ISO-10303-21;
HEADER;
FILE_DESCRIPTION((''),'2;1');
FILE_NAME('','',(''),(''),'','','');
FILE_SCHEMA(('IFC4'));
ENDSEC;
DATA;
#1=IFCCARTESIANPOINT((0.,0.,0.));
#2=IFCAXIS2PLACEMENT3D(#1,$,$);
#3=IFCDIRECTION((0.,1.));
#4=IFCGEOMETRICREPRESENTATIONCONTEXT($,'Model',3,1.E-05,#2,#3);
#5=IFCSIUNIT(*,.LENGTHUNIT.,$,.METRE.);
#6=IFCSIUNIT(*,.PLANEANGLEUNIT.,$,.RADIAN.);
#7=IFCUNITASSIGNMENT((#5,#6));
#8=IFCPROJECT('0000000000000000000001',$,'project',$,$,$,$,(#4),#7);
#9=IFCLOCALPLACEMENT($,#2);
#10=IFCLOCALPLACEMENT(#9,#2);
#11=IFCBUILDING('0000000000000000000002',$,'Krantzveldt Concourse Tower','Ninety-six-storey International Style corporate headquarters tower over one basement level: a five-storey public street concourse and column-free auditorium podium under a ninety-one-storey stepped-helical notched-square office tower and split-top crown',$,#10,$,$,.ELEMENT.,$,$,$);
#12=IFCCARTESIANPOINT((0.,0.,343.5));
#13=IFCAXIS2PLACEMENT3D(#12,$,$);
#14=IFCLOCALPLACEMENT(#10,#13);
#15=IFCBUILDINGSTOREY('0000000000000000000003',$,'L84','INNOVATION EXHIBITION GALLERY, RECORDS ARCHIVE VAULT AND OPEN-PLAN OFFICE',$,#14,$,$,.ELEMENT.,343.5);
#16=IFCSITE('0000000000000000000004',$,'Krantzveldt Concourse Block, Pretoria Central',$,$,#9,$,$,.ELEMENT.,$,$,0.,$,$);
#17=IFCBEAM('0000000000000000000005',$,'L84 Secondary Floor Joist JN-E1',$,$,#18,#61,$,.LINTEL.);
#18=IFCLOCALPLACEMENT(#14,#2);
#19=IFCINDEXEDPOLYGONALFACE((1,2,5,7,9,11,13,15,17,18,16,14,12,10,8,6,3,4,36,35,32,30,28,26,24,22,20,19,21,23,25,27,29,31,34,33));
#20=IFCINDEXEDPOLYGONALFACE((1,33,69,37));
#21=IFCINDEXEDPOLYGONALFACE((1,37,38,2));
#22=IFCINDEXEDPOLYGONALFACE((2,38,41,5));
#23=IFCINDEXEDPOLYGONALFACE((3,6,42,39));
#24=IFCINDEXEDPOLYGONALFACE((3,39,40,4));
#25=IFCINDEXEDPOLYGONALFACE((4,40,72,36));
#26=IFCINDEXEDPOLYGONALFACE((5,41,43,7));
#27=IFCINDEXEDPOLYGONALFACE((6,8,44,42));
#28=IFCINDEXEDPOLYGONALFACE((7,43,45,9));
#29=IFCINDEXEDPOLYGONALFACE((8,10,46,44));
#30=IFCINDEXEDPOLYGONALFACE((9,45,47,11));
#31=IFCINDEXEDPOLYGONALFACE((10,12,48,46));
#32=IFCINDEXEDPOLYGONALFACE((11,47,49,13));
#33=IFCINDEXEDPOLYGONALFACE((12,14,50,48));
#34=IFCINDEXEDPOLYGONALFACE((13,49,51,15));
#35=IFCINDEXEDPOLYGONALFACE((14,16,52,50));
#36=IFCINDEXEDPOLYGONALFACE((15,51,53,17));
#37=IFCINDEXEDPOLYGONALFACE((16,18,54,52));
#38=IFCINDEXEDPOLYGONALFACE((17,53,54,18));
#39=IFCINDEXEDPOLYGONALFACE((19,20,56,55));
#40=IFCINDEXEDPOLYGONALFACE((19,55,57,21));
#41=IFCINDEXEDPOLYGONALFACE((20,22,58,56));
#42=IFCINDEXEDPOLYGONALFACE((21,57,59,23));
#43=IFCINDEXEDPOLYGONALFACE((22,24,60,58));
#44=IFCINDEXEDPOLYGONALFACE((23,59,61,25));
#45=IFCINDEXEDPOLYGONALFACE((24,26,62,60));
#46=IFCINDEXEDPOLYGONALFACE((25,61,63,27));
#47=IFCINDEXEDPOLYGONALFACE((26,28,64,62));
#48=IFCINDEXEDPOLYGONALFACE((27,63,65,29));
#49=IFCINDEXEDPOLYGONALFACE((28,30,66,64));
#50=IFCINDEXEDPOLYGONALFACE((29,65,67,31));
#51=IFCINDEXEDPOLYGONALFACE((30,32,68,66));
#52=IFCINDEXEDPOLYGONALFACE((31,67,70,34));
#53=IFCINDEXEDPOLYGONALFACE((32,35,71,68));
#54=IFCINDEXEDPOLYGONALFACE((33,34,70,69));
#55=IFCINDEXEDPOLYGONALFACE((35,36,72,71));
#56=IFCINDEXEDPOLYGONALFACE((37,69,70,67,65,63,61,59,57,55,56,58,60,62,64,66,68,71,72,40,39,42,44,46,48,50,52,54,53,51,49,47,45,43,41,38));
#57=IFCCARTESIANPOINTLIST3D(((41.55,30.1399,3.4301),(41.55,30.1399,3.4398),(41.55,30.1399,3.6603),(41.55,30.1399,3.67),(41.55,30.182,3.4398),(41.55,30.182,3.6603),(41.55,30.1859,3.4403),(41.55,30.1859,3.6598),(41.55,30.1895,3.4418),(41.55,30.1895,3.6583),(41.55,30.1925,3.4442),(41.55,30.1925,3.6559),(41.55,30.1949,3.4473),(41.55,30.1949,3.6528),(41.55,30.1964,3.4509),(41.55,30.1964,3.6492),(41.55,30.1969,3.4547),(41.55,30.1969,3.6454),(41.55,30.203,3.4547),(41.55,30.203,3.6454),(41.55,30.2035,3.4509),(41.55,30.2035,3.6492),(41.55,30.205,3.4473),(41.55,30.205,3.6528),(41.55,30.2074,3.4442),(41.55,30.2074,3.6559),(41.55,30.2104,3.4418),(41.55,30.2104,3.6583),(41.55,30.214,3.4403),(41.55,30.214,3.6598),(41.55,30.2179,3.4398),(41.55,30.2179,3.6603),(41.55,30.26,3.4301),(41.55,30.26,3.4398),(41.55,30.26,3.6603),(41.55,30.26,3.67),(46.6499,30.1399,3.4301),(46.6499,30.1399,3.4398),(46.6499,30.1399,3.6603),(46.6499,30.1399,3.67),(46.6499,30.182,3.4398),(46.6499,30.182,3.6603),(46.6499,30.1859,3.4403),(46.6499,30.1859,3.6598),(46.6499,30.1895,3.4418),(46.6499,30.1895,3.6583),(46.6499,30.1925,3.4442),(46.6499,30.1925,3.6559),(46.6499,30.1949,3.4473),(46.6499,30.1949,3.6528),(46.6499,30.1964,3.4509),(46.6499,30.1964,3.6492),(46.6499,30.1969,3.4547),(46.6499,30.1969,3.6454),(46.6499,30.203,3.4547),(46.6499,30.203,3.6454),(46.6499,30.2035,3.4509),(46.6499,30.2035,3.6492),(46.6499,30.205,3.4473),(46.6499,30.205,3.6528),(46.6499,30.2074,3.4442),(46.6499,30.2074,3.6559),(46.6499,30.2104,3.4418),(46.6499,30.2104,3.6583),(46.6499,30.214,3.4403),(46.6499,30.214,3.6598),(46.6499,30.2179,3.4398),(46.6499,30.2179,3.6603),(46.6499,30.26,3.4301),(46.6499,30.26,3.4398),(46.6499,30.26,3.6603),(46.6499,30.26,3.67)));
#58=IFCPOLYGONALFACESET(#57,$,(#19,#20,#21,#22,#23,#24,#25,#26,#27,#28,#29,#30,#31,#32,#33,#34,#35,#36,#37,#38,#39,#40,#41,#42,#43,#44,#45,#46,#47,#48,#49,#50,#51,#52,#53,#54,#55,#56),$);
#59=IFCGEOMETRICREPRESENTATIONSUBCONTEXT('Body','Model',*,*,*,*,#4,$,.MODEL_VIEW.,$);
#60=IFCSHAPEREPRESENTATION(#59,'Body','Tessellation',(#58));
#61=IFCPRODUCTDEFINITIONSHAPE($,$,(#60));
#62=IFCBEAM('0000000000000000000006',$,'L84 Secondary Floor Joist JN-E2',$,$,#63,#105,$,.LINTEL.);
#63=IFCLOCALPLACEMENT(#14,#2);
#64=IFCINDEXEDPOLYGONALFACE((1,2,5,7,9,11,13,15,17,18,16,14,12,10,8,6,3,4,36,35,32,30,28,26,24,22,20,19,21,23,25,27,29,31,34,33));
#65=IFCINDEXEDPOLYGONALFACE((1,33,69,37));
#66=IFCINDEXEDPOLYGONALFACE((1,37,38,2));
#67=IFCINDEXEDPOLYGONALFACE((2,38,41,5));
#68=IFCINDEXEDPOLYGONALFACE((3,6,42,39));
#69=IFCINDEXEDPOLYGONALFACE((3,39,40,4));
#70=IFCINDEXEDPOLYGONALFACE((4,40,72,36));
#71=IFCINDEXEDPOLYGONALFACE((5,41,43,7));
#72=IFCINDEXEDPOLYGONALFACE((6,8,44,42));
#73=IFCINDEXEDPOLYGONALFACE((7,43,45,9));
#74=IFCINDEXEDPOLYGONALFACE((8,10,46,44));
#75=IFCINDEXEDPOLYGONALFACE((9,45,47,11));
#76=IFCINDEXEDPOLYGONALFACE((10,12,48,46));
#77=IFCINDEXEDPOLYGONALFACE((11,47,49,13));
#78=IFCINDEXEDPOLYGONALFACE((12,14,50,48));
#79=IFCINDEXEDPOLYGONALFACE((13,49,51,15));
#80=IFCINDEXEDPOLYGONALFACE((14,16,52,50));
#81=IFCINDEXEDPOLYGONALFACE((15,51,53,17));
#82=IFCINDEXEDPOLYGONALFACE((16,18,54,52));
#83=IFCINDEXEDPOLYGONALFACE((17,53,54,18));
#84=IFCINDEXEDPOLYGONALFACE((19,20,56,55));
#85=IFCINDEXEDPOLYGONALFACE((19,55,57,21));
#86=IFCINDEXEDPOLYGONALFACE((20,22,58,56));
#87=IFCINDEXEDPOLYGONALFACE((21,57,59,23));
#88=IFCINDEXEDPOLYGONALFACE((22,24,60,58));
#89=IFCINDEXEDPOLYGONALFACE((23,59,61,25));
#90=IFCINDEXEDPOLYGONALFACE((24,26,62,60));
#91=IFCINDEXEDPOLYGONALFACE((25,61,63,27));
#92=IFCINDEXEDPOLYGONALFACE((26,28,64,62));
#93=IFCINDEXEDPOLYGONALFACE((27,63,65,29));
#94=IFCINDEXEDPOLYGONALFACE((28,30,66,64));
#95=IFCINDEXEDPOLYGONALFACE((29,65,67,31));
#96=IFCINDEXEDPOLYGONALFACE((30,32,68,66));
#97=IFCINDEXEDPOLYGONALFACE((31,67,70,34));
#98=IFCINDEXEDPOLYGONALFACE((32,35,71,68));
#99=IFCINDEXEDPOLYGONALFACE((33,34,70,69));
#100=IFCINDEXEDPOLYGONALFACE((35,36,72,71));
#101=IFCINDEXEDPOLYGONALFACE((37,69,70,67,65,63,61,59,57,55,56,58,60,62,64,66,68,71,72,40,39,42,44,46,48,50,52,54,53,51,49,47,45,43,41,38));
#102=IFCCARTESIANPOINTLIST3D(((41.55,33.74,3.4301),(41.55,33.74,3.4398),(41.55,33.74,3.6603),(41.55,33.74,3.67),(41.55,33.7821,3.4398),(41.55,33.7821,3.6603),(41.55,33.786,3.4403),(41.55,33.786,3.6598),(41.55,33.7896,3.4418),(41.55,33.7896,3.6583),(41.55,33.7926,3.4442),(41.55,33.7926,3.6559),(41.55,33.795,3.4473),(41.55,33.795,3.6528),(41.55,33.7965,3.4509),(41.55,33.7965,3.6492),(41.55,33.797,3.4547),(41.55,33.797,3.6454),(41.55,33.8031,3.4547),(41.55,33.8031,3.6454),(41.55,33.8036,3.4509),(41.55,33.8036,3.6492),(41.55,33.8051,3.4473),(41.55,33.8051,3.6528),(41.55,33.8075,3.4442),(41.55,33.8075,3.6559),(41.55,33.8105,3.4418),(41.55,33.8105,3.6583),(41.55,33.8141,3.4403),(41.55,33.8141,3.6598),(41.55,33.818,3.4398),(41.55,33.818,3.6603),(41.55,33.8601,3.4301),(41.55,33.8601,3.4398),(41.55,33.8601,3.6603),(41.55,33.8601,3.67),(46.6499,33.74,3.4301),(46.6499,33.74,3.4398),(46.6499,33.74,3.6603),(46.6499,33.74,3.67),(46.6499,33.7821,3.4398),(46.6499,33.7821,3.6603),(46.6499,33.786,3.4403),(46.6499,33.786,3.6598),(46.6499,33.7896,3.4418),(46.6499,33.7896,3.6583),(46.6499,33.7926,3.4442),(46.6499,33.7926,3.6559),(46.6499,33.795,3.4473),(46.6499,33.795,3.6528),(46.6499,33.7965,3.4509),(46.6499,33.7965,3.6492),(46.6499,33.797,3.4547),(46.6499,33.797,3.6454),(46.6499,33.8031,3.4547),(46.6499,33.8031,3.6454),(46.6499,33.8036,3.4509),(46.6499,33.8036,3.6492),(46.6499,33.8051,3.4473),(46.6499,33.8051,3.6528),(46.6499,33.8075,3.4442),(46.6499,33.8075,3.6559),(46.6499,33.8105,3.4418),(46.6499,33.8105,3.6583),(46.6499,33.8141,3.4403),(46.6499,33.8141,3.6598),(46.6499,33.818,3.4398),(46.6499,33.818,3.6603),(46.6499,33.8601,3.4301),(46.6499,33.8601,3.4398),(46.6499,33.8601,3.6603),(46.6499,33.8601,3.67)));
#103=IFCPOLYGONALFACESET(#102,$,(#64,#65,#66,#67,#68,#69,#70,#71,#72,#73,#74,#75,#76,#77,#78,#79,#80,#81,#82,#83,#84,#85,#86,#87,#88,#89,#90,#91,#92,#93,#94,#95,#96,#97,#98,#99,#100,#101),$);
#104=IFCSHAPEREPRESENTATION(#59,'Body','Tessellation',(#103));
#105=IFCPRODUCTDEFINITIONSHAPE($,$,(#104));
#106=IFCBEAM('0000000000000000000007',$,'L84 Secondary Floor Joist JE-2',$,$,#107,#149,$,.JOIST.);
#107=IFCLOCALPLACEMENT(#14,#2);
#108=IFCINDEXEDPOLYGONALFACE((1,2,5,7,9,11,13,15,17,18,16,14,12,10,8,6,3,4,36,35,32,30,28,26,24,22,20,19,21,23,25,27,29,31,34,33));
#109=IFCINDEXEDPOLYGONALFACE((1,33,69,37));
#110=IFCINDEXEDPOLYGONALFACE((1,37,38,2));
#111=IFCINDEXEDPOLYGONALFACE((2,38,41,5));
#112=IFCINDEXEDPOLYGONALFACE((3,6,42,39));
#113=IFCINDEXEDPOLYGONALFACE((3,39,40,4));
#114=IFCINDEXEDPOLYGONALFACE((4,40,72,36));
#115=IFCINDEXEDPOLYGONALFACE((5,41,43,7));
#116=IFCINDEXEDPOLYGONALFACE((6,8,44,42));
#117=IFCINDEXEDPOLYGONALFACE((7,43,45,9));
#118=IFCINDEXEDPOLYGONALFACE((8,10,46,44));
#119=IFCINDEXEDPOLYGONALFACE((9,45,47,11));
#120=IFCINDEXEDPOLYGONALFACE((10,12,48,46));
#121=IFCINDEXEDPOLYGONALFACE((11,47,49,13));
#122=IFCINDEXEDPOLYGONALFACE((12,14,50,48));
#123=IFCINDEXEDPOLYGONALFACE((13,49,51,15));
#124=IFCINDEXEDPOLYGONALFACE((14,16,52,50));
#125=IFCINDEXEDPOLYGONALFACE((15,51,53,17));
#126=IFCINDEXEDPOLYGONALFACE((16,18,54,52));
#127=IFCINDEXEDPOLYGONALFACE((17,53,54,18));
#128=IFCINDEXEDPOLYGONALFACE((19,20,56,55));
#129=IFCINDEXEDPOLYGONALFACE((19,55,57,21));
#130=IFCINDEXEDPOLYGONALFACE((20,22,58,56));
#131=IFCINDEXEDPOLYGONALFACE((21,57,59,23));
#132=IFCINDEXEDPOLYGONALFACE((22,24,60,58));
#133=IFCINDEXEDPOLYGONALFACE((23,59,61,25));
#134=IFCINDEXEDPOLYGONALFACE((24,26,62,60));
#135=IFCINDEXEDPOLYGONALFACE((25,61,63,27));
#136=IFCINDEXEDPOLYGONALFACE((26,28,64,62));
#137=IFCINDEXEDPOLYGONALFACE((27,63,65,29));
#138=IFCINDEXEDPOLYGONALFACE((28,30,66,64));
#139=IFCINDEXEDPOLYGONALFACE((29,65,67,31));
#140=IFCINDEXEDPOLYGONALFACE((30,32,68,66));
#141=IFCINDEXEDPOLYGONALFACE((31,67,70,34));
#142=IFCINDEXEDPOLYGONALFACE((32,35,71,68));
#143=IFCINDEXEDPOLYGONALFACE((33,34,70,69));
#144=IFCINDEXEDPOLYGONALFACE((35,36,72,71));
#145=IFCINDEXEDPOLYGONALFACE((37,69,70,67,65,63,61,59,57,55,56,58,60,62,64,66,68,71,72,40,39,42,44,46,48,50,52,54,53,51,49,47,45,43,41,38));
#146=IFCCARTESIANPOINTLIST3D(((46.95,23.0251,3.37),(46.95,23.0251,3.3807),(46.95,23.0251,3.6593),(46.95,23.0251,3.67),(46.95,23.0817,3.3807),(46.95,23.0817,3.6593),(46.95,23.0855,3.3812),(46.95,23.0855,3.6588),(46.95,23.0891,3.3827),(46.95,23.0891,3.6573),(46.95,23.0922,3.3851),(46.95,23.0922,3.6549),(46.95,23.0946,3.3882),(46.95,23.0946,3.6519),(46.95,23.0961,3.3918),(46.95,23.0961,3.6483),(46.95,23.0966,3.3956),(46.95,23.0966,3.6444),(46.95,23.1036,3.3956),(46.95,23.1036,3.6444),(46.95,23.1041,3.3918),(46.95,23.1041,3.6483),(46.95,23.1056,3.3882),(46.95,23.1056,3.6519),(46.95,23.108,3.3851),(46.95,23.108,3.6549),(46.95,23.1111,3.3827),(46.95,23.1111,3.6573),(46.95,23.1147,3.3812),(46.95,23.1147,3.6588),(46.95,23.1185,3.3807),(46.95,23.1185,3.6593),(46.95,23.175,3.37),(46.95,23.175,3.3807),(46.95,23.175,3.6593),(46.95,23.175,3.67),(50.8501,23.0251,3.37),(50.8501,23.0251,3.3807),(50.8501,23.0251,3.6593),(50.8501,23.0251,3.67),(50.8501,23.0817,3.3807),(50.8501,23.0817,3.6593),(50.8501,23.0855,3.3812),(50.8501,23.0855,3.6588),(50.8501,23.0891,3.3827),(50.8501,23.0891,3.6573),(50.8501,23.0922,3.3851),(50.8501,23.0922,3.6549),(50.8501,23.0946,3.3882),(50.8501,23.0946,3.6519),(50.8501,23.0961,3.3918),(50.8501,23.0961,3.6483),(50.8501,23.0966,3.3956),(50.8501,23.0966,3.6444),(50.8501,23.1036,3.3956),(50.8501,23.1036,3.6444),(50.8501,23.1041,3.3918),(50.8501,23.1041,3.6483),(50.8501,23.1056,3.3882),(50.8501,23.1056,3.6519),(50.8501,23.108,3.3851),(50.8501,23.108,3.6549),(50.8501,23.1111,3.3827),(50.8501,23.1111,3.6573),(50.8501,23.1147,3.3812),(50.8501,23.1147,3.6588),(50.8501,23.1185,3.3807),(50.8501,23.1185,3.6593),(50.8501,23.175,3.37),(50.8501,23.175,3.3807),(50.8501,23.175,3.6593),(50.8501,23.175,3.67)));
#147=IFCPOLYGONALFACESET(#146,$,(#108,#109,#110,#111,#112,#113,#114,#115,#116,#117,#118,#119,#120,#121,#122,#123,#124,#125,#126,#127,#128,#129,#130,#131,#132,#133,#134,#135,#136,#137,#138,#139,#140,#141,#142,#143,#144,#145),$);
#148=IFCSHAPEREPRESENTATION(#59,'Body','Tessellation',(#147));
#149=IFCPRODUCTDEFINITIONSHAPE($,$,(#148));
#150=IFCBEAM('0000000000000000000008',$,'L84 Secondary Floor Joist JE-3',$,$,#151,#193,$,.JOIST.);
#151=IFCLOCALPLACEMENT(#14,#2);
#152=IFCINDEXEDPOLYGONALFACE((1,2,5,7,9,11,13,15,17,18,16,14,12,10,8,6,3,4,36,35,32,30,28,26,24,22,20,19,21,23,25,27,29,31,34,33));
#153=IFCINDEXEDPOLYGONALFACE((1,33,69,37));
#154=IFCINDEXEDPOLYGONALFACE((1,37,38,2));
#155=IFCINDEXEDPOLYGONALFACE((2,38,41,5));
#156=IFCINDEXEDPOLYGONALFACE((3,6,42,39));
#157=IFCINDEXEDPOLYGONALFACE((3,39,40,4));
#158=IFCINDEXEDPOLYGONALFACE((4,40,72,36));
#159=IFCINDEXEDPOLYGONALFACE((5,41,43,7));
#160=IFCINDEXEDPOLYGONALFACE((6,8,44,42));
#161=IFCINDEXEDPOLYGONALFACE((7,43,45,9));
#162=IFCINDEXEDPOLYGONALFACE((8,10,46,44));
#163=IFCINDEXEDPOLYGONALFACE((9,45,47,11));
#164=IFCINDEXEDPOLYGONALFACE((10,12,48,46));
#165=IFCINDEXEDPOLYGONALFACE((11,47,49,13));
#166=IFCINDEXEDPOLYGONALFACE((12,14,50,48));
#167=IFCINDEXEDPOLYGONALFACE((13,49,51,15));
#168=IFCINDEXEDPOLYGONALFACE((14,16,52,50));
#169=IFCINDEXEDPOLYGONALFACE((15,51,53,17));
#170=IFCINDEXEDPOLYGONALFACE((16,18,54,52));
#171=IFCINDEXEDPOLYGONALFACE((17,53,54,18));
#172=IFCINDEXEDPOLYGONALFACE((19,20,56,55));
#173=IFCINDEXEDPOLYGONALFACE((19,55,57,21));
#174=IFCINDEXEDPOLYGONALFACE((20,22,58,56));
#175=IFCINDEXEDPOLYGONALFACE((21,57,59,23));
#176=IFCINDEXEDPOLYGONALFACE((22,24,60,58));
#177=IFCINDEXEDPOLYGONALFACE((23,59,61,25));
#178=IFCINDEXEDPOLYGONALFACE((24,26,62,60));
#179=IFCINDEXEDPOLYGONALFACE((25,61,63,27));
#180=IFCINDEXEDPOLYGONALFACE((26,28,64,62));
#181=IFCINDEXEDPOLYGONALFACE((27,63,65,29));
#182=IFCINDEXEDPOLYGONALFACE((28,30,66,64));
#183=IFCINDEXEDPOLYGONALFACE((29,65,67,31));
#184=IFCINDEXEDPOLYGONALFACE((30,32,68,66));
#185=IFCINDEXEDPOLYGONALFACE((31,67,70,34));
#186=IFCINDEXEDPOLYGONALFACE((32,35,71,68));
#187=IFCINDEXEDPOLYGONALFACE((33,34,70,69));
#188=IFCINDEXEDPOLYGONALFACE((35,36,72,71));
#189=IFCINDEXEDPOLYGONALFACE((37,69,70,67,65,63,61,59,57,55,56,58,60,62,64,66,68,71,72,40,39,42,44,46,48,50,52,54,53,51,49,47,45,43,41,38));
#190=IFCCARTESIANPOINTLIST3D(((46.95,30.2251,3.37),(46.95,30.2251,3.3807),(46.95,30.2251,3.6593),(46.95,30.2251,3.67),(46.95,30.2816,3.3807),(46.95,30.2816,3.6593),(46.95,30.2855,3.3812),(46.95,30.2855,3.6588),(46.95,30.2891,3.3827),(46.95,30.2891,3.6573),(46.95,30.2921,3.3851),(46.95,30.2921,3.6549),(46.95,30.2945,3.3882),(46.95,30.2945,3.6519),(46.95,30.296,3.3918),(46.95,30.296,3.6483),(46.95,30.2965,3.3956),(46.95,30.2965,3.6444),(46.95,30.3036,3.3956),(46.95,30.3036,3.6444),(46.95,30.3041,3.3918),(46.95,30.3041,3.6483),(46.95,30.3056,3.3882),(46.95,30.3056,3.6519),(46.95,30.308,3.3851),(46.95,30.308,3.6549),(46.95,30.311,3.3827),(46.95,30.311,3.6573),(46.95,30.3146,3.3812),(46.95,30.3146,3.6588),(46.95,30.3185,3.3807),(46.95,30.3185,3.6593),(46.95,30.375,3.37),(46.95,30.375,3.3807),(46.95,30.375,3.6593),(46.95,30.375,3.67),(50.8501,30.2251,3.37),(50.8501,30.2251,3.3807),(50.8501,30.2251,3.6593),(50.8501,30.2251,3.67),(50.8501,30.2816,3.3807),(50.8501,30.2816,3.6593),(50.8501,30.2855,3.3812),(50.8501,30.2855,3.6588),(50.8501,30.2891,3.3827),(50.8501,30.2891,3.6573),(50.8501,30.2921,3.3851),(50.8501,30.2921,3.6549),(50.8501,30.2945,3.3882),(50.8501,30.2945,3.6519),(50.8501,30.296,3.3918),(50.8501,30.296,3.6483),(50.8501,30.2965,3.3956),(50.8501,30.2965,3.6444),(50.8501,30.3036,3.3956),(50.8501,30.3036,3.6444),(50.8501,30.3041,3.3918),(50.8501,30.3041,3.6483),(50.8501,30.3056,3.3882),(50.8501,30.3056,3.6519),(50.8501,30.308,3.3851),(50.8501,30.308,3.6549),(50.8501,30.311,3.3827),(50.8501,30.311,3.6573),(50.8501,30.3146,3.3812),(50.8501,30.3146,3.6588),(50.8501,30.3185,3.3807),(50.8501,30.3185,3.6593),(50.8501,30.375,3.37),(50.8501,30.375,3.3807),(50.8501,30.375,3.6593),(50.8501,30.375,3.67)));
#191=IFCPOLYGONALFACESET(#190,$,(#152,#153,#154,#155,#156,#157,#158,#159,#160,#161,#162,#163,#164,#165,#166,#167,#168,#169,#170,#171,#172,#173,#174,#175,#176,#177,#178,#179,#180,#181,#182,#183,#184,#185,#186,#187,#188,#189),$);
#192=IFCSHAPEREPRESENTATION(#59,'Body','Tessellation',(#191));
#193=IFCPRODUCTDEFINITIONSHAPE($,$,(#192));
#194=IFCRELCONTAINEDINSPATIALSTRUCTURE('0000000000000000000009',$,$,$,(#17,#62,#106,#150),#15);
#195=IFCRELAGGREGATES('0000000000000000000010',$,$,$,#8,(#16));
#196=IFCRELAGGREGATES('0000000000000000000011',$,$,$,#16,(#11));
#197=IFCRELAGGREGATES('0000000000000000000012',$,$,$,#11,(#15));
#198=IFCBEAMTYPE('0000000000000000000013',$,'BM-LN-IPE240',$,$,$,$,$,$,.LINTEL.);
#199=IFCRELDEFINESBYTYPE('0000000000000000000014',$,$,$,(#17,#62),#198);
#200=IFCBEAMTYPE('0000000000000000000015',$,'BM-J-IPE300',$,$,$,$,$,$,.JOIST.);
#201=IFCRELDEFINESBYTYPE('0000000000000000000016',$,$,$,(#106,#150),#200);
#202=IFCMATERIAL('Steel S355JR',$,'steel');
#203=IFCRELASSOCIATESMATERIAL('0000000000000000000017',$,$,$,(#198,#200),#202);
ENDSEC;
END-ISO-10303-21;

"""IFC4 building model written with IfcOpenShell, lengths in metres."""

from ifc_helpers import new_model, si_unit, direction, frame, origin, origin_2d, place, context, subcontext, project, spatial, i_section, extrude, source, transform, mapped, material, material_profile, profile_set, type_object, type_shapes, element, save


model = new_model("IFC4")

# Units and contexts
model_context = context("Model", 3, precision=1e-05, world=origin(), true_north=direction((0.0, 1.0)))
body_context = subcontext(model_context, "Body", "Model", "MODEL_VIEW")
ifc_project = project(units=[si_unit("LENGTHUNIT", "METRE"), si_unit("PLANEANGLEUNIT", "RADIAN")], contexts=[model_context])

# Site, building, storey
site_placement = place(None, origin())
site = spatial("IfcSite", under=ifc_project, at=site_placement, Name="Krantzveldt Concourse Block, Pretoria Central", CompositionType="ELEMENT", RefElevation=0.0)
building_placement = place(site_placement, origin())
building = spatial("IfcBuilding", under=site, at=building_placement, Name="Krantzveldt Concourse Tower", Description="Ninety-six-storey International Style corporate headquarters tower over one basement level: a five-storey public street concourse and column-free auditorium podium under a ninety-one-storey stepped-helical notched-square office tower and split-top crown", CompositionType="ELEMENT")
storey_placement = place(building_placement, frame((0.0, 0.0, 343.5)))
storey = spatial("IfcBuildingStorey", under=building, at=storey_placement, Name="L84", Description="INNOVATION EXHIBITION GALLERY, RECORDS ARCHIVE VAULT AND OPEN-PLAN OFFICE", CompositionType="ELEMENT", Elevation=343.5)

# Beams
ifc_material_1 = material(Name="Steel S355JR", Category="steel")
ifc_material_profile_1 = material_profile(ifc_material_1, i_section(OverallWidth=0.1201, OverallDepth=0.24, WebThickness=0.0061, FlangeThickness=0.0098, FilletRadius=0.0149, at=origin_2d()), Name="Steel S355JR", Category="steel")
ifc_profile_set_1 = profile_set([ifc_material_profile_1], Name="Steel S355JR - IPE 240")
beam_type_1 = type_object("IfcBeamType", Name="BM-LN-IPE240", PredefinedType="LINTEL", material=ifc_profile_set_1)
shared_shape_1 = source(origin(), body_context, "Body", "SweptSolid", [
    extrude(i_section(OverallWidth=0.1201, OverallDepth=0.24, WebThickness=0.0061, FlangeThickness=0.0098, FilletRadius=0.0149, at=origin_2d()), origin(), (0.0, 0.0, 1.0), 5.0999),
])
type_shapes(beam_type_1, [shared_shape_1])
for number, where, z_axis, x_axis, name in (
    (1, (41.55, 30.2, 3.55), (1.0, 0.0, 0.0), (0.0, 1.0, 0.0), "L84 Secondary Floor Joist JN-E1"),
    (2, (41.55, 33.8, 3.55), (1.0, 0.0, 0.0), (0.0, 1.0, 0.0), "L84 Secondary Floor Joist JN-E2"),
):
    element("IfcBeam", number, at=place(storey_placement, frame(where, z_axis=z_axis, x_axis=x_axis)), inside=storey, type_object=beam_type_1, Name=name, PredefinedType="LINTEL", context=body_context, shape_type="MappedRepresentation", body=[
        mapped(shared_shape_1, transform((0.0, 0.0, 0.0), x_axis=(1.0, 0.0, 0.0), y_axis=(0.0, 1.0, 0.0), z_axis=(0.0, 0.0, 1.0), scale=1.0)),
    ])
ifc_material_profile_2 = material_profile(ifc_material_1, i_section(OverallWidth=0.1499, OverallDepth=0.3, WebThickness=0.0071, FlangeThickness=0.0107, FilletRadius=0.0149, at=origin_2d()), Name="Steel S355JR", Category="steel")
ifc_profile_set_2 = profile_set([ifc_material_profile_2], Name="Steel S355JR - IPE 300")
beam_type_2 = type_object("IfcBeamType", Name="BM-J-IPE300", PredefinedType="JOIST", material=ifc_profile_set_2)
shared_shape_2 = source(origin(), body_context, "Body", "SweptSolid", [
    extrude(i_section(OverallWidth=0.1499, OverallDepth=0.3, WebThickness=0.0071, FlangeThickness=0.0107, FilletRadius=0.0149, at=origin_2d()), origin(), (0.0, 0.0, 1.0), 3.9001),
])
type_shapes(beam_type_2, [shared_shape_2])
for number, where, z_axis, x_axis, name in (
    (3, (46.95, 23.1001, 3.52), (1.0, 0.0, 0.0), (0.0, 1.0, 0.0), "L84 Secondary Floor Joist JE-2"),
    (4, (46.95, 30.3, 3.52), (1.0, 0.0, 0.0), (0.0, 1.0, 0.0), "L84 Secondary Floor Joist JE-3"),
):
    element("IfcBeam", number, at=place(storey_placement, frame(where, z_axis=z_axis, x_axis=x_axis)), inside=storey, type_object=beam_type_2, Name=name, PredefinedType="JOIST", context=body_context, shape_type="MappedRepresentation", body=[
        mapped(shared_shape_2, transform((0.0, 0.0, 0.0), x_axis=(1.0, 0.0, 0.0), y_axis=(0.0, 1.0, 0.0), z_axis=(0.0, 0.0, 1.0), scale=1.0)),
    ])

save(model, "model.ifc")
